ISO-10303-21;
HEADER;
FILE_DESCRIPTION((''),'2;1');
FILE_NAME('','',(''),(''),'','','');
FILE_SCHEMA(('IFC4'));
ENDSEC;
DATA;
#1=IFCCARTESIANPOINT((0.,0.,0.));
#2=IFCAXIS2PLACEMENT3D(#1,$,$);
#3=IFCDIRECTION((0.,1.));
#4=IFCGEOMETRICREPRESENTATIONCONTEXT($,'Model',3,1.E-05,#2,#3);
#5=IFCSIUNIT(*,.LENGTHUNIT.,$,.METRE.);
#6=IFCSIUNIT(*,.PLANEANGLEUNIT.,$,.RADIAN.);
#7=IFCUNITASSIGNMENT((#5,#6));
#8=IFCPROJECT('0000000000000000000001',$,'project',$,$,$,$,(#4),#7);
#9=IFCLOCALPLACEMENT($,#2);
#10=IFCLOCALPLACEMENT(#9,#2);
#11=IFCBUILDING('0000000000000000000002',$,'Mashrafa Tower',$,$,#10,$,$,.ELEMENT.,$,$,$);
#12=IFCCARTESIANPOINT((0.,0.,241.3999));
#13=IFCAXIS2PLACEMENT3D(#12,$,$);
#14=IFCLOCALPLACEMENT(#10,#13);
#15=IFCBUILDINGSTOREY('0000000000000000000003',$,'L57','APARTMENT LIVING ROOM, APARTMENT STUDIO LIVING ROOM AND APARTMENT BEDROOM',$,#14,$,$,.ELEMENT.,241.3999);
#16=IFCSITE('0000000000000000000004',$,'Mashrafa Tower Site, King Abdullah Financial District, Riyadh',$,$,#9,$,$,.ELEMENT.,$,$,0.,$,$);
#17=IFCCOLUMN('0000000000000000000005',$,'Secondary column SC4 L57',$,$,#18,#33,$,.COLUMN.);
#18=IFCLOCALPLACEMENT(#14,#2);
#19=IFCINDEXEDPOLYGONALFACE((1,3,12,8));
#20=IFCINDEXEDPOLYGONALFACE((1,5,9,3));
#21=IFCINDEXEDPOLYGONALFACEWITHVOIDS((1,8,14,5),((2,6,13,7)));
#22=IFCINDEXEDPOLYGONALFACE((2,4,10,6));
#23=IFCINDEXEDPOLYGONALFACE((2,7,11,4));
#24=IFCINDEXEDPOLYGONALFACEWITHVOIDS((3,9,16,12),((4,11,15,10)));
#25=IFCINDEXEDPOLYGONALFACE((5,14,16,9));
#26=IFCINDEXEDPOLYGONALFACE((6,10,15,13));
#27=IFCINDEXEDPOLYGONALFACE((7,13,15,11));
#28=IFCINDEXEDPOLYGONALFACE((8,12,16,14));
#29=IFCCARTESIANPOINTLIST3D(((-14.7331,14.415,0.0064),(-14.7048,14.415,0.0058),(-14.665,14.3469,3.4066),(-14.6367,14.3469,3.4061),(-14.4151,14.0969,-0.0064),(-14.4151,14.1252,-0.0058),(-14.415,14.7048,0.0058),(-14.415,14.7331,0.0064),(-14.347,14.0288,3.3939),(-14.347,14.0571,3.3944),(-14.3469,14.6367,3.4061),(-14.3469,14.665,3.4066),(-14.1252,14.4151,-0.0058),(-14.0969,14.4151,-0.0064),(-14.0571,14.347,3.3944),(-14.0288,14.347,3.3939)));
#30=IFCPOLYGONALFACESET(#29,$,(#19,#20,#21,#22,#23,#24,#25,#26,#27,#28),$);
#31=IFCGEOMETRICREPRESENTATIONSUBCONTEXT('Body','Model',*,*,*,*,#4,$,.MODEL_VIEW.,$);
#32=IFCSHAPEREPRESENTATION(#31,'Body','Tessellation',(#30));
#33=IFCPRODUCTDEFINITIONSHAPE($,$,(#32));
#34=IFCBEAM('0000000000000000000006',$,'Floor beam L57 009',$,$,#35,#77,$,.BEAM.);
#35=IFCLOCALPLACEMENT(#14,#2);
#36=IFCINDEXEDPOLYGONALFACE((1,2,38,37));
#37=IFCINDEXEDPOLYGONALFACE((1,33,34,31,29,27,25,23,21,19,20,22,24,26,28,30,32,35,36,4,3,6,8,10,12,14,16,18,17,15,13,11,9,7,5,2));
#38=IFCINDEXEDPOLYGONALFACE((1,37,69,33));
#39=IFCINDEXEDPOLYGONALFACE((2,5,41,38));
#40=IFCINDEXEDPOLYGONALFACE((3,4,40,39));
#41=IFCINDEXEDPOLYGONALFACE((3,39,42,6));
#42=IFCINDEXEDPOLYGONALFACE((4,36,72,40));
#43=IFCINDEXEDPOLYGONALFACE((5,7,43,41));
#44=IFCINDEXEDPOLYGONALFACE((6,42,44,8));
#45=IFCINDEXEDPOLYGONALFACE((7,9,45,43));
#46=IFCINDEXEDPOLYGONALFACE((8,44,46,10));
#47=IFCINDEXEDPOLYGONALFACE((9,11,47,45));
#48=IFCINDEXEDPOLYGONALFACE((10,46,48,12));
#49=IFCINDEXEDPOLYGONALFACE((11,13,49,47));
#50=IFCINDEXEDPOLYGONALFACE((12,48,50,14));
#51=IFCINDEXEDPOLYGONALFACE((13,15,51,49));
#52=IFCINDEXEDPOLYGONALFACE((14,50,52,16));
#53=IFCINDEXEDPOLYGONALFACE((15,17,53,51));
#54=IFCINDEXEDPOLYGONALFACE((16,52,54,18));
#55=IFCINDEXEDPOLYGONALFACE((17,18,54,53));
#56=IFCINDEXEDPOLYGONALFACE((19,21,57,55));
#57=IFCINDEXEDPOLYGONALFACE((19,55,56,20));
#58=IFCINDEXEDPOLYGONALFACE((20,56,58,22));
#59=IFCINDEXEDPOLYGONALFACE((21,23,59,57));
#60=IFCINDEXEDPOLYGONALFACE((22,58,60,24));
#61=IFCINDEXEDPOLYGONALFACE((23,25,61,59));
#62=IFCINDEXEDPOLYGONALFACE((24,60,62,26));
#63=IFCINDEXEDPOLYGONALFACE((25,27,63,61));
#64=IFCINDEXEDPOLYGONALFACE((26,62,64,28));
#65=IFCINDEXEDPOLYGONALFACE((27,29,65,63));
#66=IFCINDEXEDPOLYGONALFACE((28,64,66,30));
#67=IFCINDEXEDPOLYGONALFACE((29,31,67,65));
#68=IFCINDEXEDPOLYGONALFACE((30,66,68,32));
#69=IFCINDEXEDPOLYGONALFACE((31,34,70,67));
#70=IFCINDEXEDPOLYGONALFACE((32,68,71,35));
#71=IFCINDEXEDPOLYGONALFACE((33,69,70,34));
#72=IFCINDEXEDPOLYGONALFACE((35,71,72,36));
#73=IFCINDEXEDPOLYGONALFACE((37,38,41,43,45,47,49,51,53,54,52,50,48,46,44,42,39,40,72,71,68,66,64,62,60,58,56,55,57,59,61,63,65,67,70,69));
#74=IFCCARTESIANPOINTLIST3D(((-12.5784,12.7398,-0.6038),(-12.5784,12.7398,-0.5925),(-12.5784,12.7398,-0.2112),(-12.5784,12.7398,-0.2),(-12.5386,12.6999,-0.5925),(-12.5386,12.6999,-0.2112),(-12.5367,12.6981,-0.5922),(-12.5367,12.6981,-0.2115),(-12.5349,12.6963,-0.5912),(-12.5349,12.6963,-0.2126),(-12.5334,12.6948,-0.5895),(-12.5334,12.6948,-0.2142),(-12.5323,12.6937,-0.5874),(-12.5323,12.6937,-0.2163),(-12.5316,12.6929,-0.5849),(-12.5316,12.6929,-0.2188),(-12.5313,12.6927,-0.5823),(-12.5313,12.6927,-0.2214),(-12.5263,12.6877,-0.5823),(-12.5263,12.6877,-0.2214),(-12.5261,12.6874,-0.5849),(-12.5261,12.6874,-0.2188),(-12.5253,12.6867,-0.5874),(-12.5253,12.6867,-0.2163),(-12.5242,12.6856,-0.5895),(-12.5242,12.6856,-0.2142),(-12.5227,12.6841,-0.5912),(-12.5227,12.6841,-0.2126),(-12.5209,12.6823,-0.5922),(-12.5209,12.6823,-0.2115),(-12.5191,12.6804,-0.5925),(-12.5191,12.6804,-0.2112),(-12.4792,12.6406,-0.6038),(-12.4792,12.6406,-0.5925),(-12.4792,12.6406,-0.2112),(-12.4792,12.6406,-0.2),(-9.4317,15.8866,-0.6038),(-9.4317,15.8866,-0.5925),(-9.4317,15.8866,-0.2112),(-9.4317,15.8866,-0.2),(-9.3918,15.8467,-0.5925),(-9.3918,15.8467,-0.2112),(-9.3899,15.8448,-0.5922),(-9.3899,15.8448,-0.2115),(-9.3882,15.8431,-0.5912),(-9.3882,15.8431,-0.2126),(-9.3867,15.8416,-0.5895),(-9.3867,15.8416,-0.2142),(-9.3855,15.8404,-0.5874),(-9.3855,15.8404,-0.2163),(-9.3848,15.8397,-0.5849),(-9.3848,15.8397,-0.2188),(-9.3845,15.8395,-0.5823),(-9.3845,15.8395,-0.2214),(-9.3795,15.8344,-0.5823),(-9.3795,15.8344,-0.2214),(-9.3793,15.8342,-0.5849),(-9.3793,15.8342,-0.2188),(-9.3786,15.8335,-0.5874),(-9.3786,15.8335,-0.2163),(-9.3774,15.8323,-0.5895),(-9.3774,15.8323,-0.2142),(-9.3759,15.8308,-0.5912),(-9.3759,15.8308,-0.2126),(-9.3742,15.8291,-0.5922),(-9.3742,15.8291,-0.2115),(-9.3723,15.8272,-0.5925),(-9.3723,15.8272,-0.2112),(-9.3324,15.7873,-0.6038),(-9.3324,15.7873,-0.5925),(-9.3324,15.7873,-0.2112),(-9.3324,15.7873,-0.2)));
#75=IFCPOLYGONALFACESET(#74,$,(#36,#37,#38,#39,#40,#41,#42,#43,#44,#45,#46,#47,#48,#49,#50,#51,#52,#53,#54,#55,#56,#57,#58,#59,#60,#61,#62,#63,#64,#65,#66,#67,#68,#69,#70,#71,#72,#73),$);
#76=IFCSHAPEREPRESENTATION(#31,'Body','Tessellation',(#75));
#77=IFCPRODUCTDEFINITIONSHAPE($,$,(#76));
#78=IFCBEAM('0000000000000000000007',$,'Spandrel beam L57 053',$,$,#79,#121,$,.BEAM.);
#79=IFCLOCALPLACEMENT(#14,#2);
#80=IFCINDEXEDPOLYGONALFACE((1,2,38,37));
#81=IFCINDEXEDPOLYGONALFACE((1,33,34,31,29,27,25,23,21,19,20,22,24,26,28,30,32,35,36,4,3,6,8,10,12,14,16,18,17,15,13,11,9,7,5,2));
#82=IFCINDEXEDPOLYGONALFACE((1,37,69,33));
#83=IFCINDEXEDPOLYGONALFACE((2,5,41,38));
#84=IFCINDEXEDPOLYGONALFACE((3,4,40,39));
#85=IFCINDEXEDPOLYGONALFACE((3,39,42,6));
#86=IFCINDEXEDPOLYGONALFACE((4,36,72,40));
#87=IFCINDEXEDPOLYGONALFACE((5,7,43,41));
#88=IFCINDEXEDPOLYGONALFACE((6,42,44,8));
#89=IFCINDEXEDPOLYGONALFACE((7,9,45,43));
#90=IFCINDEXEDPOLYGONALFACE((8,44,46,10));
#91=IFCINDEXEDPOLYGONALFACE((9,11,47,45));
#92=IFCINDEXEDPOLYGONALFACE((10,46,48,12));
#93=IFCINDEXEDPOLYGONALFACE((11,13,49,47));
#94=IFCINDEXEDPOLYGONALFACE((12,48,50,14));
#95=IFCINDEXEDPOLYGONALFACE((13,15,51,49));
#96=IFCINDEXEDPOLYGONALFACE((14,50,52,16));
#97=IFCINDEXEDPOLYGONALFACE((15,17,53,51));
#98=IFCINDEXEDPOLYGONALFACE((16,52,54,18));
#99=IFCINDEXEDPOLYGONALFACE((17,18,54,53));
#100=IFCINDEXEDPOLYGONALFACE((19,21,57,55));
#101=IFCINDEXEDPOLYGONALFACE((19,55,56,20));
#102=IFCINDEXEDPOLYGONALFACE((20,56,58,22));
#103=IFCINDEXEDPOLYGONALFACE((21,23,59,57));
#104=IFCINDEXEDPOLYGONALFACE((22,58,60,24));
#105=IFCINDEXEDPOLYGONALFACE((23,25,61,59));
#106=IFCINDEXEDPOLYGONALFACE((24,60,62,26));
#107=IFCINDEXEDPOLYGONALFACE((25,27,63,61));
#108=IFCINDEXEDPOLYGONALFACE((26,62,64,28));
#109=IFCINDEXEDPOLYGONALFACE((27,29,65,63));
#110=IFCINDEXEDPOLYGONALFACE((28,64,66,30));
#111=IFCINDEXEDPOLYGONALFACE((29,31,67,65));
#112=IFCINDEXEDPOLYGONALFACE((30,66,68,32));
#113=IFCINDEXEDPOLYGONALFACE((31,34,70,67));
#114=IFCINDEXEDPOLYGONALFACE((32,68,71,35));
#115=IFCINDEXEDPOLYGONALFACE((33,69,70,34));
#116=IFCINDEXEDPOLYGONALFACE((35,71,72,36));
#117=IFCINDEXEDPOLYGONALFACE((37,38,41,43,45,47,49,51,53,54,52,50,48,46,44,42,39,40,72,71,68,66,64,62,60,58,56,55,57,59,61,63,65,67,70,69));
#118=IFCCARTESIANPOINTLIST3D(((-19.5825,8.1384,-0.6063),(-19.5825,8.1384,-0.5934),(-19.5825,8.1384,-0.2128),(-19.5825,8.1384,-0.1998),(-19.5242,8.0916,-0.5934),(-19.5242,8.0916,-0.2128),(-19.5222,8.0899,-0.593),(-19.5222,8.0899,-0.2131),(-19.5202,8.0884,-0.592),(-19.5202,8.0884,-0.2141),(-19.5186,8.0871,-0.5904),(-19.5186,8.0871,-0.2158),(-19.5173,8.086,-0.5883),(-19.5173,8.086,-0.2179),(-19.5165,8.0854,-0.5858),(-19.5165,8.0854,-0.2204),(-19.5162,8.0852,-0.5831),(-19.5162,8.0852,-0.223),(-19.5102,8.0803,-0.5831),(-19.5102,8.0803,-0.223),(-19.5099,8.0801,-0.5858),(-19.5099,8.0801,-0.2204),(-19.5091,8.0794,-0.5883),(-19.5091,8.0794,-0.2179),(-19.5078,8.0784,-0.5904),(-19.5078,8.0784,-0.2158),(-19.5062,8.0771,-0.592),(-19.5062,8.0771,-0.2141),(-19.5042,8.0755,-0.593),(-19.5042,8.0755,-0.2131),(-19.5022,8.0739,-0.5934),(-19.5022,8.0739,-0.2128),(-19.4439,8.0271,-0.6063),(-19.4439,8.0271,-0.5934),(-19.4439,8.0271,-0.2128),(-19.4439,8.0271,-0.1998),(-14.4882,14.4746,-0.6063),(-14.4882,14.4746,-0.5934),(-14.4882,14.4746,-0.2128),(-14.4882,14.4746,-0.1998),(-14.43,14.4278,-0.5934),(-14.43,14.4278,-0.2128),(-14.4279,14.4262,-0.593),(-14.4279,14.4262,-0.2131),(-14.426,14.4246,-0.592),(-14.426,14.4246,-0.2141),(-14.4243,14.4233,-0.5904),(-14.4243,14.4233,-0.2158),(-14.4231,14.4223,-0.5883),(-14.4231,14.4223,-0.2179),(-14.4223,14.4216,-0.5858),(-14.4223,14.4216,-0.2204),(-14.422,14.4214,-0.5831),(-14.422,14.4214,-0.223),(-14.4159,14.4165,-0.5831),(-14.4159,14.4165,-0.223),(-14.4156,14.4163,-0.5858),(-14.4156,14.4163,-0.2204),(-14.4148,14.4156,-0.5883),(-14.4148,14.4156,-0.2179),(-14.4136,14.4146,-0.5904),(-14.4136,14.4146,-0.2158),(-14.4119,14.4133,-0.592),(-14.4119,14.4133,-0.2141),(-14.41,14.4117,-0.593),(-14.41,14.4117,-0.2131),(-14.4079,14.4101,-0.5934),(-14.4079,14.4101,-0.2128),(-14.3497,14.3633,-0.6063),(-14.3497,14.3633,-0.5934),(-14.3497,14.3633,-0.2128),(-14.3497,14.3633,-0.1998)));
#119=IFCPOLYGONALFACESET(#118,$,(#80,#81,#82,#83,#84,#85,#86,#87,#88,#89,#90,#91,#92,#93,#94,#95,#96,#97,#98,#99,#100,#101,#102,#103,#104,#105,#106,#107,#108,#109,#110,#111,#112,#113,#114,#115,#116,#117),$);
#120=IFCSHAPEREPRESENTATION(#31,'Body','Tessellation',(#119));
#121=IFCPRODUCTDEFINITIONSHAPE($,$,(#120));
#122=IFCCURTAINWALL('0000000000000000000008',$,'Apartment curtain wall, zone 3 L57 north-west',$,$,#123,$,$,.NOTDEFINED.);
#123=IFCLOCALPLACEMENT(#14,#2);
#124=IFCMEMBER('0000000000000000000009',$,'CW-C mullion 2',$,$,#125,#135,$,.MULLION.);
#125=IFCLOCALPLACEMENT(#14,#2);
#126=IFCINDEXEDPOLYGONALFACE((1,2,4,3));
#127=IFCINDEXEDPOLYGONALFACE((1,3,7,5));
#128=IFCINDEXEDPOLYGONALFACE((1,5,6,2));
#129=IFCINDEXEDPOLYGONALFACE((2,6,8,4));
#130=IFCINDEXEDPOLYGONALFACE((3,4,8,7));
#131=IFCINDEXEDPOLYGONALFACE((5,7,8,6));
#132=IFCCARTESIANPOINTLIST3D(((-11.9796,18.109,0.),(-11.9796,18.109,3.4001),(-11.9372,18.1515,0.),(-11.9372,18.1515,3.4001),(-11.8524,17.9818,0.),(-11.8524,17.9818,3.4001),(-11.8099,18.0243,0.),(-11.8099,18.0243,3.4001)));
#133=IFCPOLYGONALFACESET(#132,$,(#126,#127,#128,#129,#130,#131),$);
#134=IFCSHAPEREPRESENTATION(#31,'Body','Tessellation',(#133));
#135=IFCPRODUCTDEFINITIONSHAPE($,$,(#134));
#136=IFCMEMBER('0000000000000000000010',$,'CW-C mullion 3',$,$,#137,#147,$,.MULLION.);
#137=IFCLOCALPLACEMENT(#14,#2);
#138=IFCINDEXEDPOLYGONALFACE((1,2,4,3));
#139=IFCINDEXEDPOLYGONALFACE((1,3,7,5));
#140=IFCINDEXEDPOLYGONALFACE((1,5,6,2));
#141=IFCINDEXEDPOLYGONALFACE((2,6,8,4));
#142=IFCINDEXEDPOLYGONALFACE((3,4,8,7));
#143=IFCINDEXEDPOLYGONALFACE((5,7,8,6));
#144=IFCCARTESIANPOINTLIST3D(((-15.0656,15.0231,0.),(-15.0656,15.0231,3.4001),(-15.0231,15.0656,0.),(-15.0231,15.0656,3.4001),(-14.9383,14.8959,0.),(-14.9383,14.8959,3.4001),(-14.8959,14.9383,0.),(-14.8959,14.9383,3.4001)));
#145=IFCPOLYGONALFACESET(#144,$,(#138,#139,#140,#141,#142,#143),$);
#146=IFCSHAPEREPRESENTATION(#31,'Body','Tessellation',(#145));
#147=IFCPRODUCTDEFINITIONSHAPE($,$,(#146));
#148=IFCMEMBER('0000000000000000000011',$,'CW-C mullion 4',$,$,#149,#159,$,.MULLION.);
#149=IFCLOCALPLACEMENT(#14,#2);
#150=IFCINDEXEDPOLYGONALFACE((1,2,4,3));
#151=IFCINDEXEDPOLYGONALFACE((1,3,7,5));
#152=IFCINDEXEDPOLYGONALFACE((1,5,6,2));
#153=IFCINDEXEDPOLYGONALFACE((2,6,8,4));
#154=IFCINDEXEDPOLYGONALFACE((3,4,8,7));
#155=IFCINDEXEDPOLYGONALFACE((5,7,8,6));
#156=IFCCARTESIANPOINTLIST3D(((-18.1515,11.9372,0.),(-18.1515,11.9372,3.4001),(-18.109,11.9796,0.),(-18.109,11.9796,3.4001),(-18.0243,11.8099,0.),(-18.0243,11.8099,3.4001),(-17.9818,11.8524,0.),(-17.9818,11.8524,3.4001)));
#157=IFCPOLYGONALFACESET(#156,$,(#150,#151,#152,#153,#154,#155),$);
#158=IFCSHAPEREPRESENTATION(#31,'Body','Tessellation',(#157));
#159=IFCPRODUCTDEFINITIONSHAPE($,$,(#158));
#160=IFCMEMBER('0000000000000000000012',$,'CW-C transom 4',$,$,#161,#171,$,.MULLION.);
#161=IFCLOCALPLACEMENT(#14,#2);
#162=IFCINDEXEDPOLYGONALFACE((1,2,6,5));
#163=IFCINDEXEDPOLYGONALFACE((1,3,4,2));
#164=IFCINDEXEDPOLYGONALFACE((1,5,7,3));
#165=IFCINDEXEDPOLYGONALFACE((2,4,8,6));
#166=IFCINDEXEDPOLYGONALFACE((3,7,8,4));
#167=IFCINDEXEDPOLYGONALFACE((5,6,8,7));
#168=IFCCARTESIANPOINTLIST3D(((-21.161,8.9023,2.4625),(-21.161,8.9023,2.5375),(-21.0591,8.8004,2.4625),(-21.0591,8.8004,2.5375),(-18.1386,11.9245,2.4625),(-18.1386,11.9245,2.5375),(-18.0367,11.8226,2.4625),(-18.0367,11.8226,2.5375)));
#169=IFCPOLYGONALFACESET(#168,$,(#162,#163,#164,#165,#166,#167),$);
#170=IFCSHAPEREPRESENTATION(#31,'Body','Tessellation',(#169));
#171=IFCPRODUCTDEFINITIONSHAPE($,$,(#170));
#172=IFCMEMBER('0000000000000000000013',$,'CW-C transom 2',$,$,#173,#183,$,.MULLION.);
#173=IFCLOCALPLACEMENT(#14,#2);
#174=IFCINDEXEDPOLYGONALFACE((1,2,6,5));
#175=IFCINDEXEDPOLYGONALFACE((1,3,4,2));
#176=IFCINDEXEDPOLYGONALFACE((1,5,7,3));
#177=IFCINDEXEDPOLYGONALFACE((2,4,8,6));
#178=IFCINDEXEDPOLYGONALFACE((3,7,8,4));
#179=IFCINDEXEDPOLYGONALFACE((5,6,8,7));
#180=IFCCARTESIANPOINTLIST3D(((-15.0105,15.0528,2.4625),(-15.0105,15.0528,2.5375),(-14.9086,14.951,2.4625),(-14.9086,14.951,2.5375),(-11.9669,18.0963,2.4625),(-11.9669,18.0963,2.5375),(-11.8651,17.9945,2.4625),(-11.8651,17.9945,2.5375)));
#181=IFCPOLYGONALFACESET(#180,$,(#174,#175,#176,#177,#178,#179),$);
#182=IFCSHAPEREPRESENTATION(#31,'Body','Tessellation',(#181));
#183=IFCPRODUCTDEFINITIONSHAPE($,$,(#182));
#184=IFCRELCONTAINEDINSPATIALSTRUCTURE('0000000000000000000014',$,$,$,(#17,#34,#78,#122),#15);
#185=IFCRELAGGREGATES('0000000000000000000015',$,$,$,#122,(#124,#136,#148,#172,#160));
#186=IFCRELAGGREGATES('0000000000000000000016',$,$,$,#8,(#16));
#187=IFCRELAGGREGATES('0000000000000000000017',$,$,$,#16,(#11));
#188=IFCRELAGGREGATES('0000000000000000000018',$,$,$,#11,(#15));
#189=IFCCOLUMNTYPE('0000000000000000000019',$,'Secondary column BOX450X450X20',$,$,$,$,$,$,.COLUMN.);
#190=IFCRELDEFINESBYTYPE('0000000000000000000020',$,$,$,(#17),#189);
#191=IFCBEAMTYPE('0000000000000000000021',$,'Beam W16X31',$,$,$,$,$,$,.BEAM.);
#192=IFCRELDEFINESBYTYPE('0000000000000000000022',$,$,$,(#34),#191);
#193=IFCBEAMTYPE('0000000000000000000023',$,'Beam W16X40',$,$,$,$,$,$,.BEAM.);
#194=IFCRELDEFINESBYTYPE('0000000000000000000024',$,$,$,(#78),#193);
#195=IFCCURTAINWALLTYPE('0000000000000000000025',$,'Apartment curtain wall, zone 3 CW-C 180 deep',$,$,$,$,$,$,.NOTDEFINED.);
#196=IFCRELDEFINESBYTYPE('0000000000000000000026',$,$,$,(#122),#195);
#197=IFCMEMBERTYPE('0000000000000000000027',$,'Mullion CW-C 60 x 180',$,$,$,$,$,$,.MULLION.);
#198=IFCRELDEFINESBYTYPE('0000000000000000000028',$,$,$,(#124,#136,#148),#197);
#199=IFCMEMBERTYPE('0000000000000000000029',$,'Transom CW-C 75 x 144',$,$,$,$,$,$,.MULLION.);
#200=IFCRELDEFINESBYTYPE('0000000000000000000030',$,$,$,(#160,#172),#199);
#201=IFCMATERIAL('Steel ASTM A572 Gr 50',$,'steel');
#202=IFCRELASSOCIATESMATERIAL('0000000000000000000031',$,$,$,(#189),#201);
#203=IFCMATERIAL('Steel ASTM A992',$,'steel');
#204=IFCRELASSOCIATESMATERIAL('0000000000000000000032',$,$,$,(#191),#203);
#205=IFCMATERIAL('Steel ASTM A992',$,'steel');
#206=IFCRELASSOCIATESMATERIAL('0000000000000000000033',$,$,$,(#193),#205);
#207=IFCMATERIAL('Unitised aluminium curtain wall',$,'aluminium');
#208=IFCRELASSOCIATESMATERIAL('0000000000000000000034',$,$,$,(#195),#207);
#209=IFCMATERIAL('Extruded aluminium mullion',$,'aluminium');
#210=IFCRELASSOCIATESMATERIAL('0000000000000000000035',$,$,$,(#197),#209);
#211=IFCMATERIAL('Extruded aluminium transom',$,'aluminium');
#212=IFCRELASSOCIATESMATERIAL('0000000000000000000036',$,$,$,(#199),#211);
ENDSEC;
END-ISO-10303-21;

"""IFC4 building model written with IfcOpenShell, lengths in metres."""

from ifc_helpers import new_model, si_unit, direction, frame, origin, origin_2d, place, context, subcontext, project, spatial, rectangle, hollow_rectangle, i_section, extrude, source, transform, mapped, material, material_profile, profile_set, type_object, type_shapes, element, aggregate, save


model = new_model("IFC4")

# Units and contexts
model_context = context("Model", 3, precision=1e-05, world=origin(), true_north=direction((0.0, 1.0)))
body_context = subcontext(model_context, "Body", "Model", "MODEL_VIEW")
ifc_project = project(units=[si_unit("LENGTHUNIT", "METRE"), si_unit("PLANEANGLEUNIT", "RADIAN")], contexts=[model_context])

# Site, building, storey
site_placement = place(None, origin())
site = spatial("IfcSite", under=ifc_project, at=site_placement, Name="Mashrafa Tower Site, King Abdullah Financial District, Riyadh", CompositionType="ELEMENT", RefElevation=0.0)
building_placement = place(site_placement, origin())
building = spatial("IfcBuilding", under=site, at=building_placement, Name="Mashrafa Tower", CompositionType="ELEMENT")
storey_placement = place(building_placement, frame((0.0, 0.0, 241.3999)))
storey = spatial("IfcBuildingStorey", under=building, at=storey_placement, Name="L57", Description="APARTMENT LIVING ROOM, APARTMENT STUDIO LIVING ROOM AND APARTMENT BEDROOM", CompositionType="ELEMENT", Elevation=241.3999)

# Column
ifc_material_1 = material(Name="Steel ASTM A572 Gr 50", Category="steel")
ifc_material_profile_1 = material_profile(ifc_material_1, hollow_rectangle(XDim=0.45, YDim=0.45, WallThickness=0.02, at=origin_2d()), Name="BOX450X450X20")
ifc_profile_set_1 = profile_set([ifc_material_profile_1], Name="Steel ASTM A572 Gr 50")
column_type = type_object("IfcColumnType", Name="Secondary column BOX450X450X20", PredefinedType="COLUMN", material=ifc_profile_set_1)
column_placement = place(storey_placement, frame((-14.415, 14.415, 0.0), z_axis=(0.020025, -0.020025, 0.999599), x_axis=(0.707107, 0.707107, 0.0)))
element("IfcColumn", 1, at=column_placement, inside=storey, type_object=column_type, Name="Secondary column SC4 L57", PredefinedType="COLUMN", context=body_context, shape_type="SweptSolid", body=[
    extrude(hollow_rectangle(XDim=0.45, YDim=0.45, WallThickness=0.02, at=origin_2d()), origin(), (0.0, 0.0, 1.0), 3.4016),
])

# Beams
ifc_material_2 = material(Name="Steel ASTM A992", Category="steel")
ifc_material_profile_2 = material_profile(ifc_material_2, i_section(OverallWidth=0.1404, OverallDepth=0.4038, WebThickness=0.0071, FlangeThickness=0.0112, FilletRadius=0.0103, at=origin_2d()), Name="W16X31")
ifc_profile_set_2 = profile_set([ifc_material_profile_2], Name="Steel ASTM A992")
beam_type_1 = type_object("IfcBeamType", Name="Beam W16X31", PredefinedType="BEAM", material=ifc_profile_set_2)
beam_1_placement = place(storey_placement, frame((-12.5288, 12.6902, -0.4019), z_axis=(0.707107, 0.707107, 0.0), x_axis=(-0.707107, 0.707107, 0.0)))
element("IfcBeam", 2, at=beam_1_placement, inside=storey, type_object=beam_type_1, Name="Floor beam L57 009", PredefinedType="BEAM", context=body_context, shape_type="SweptSolid", body=[
    extrude(i_section(OverallWidth=0.1404, OverallDepth=0.4038, WebThickness=0.0071, FlangeThickness=0.0112, FilletRadius=0.0103, at=origin_2d()), origin(), (0.0, 0.0, 1.0), 4.4502),
])
ifc_material_3 = material(Name="Steel ASTM A992", Category="steel")
ifc_material_profile_3 = material_profile(ifc_material_3, i_section(OverallWidth=0.1777, OverallDepth=0.4065, WebThickness=0.0078, FlangeThickness=0.0129, FilletRadius=0.0103, at=origin_2d()), Name="W16X40")
ifc_profile_set_3 = profile_set([ifc_material_profile_3], Name="Steel ASTM A992")
beam_type_2 = type_object("IfcBeamType", Name="Beam W16X40", PredefinedType="BEAM", material=ifc_profile_set_3)
beam_2_placement = place(storey_placement, frame((-14.4189, 14.4189, -0.4031), z_axis=(-0.62659, -0.779349, 0.0), x_axis=(0.779349, -0.62659, 0.0)))
element("IfcBeam", 3, at=beam_2_placement, inside=storey, type_object=beam_type_2, Name="Spandrel beam L57 053", PredefinedType="BEAM", context=body_context, shape_type="SweptSolid", body=[
    extrude(i_section(OverallWidth=0.1777, OverallDepth=0.4065, WebThickness=0.0078, FlangeThickness=0.0129, FilletRadius=0.0103, at=origin_2d()), origin(), (0.0, 0.0, 1.0), 8.1301),
])

# Curtain wall, members
ifc_material_4 = material(Name="Unitised aluminium curtain wall", Category="aluminium")
curtain_wall_type = type_object("IfcCurtainWallType", Name="Apartment curtain wall, zone 3 CW-C 180 deep", PredefinedType="NOTDEFINED", material=ifc_material_4)
curtain_wall_placement = place(storey_placement, origin())
curtain_wall = element("IfcCurtainWall", 4, at=curtain_wall_placement, inside=storey, type_object=curtain_wall_type, Name="Apartment curtain wall, zone 3 L57 north-west", PredefinedType="NOTDEFINED")
ifc_material_5 = material(Name="Extruded aluminium mullion", Category="aluminium")
ifc_material_profile_4 = material_profile(ifc_material_5, rectangle(XDim=0.1799, YDim=0.0601, at=origin_2d()), Name="Mullion 60x180")
ifc_profile_set_4 = profile_set([ifc_material_profile_4], Name="Extruded aluminium mullion")
member_type_1 = type_object("IfcMemberType", Name="Mullion CW-C 60 x 180", PredefinedType="MULLION", material=ifc_profile_set_4)
shared_shape_1 = source(origin(), body_context, "Body", "SweptSolid", [
    extrude(rectangle(XDim=0.1799, YDim=0.0601, at=origin_2d()), origin(), (0.0, 0.0, 1.0), 3.4001),
])
type_shapes(member_type_1, [shared_shape_1])
member_1_placement = place(storey_placement, frame((-11.8948, 18.0667, 0.0), z_axis=(0.0, 0.0, 1.0), x_axis=(0.707107, -0.707107, 0.0)))
member_1 = element("IfcMember", 5, at=member_1_placement, type_object=member_type_1, Name="CW-C mullion 2", PredefinedType="MULLION", context=body_context, shape_type="MappedRepresentation", body=[
    mapped(shared_shape_1, transform((0.0, 0.0, 0.0))),
])
member_2_placement = place(storey_placement, frame((-14.9807, 14.9807, 0.0), z_axis=(0.0, 0.0, 1.0), x_axis=(0.707107, -0.707107, 0.0)))
member_2 = element("IfcMember", 6, at=member_2_placement, type_object=member_type_1, Name="CW-C mullion 3", PredefinedType="MULLION", context=body_context, shape_type="MappedRepresentation", body=[
    mapped(shared_shape_1, transform((0.0, 0.0, 0.0))),
])
member_3_placement = place(storey_placement, frame((-18.0667, 11.8948, 0.0), z_axis=(0.0, 0.0, 1.0), x_axis=(0.707107, -0.707107, 0.0)))
member_3 = element("IfcMember", 7, at=member_3_placement, type_object=member_type_1, Name="CW-C mullion 4", PredefinedType="MULLION", context=body_context, shape_type="MappedRepresentation", body=[
    mapped(shared_shape_1, transform((0.0, 0.0, 0.0))),
])
ifc_material_6 = material(Name="Extruded aluminium transom", Category="aluminium")
ifc_material_profile_5 = material_profile(ifc_material_6, rectangle(XDim=0.144, YDim=0.075, at=origin_2d()), Name="Transom 75x144")
ifc_profile_set_5 = profile_set([ifc_material_profile_5], Name="Extruded aluminium transom")
member_type_2 = type_object("IfcMemberType", Name="Transom CW-C 75 x 144", PredefinedType="MULLION", material=ifc_profile_set_5)
shared_shape_2 = source(origin(), body_context, "Body", "SweptSolid", [
    extrude(rectangle(XDim=0.144, YDim=0.075, at=origin_2d()), origin(), (0.0, 0.0, 1.0), 4.2742),
])
member_4_placement = place(storey_placement, frame((-18.0876, 11.8735, 2.5), z_axis=(-0.707135, -0.707078, 0.0), x_axis=(0.707078, -0.707135, 0.0)))
member_4 = element("IfcMember", 8, at=member_4_placement, type_object=member_type_2, Name="CW-C transom 4", PredefinedType="MULLION", context=body_context, shape_type="MappedRepresentation", body=[
    mapped(shared_shape_2, transform((0.0, 0.0, 0.0))),
])
shared_shape_3 = source(origin(), body_context, "Body", "SweptSolid", [
    extrude(rectangle(XDim=0.144, YDim=0.075, at=origin_2d()), origin(), (0.0, 0.0, 1.0), 4.3042),
])
type_shapes(member_type_2, [shared_shape_2, shared_shape_3])
member_5_placement = place(storey_placement, frame((-11.916, 18.0454, 2.5), z_axis=(-0.707107, -0.707107, 0.0), x_axis=(0.707107, -0.707107, 0.0)))
member_5 = element("IfcMember", 9, at=member_5_placement, type_object=member_type_2, Name="CW-C transom 2", PredefinedType="MULLION", context=body_context, shape_type="MappedRepresentation", body=[
    mapped(shared_shape_3, transform((0.0, 0.0, 0.0))),
])
aggregate(curtain_wall, [member_1, member_2, member_3, member_5, member_4])

save(model, "model.ifc")
